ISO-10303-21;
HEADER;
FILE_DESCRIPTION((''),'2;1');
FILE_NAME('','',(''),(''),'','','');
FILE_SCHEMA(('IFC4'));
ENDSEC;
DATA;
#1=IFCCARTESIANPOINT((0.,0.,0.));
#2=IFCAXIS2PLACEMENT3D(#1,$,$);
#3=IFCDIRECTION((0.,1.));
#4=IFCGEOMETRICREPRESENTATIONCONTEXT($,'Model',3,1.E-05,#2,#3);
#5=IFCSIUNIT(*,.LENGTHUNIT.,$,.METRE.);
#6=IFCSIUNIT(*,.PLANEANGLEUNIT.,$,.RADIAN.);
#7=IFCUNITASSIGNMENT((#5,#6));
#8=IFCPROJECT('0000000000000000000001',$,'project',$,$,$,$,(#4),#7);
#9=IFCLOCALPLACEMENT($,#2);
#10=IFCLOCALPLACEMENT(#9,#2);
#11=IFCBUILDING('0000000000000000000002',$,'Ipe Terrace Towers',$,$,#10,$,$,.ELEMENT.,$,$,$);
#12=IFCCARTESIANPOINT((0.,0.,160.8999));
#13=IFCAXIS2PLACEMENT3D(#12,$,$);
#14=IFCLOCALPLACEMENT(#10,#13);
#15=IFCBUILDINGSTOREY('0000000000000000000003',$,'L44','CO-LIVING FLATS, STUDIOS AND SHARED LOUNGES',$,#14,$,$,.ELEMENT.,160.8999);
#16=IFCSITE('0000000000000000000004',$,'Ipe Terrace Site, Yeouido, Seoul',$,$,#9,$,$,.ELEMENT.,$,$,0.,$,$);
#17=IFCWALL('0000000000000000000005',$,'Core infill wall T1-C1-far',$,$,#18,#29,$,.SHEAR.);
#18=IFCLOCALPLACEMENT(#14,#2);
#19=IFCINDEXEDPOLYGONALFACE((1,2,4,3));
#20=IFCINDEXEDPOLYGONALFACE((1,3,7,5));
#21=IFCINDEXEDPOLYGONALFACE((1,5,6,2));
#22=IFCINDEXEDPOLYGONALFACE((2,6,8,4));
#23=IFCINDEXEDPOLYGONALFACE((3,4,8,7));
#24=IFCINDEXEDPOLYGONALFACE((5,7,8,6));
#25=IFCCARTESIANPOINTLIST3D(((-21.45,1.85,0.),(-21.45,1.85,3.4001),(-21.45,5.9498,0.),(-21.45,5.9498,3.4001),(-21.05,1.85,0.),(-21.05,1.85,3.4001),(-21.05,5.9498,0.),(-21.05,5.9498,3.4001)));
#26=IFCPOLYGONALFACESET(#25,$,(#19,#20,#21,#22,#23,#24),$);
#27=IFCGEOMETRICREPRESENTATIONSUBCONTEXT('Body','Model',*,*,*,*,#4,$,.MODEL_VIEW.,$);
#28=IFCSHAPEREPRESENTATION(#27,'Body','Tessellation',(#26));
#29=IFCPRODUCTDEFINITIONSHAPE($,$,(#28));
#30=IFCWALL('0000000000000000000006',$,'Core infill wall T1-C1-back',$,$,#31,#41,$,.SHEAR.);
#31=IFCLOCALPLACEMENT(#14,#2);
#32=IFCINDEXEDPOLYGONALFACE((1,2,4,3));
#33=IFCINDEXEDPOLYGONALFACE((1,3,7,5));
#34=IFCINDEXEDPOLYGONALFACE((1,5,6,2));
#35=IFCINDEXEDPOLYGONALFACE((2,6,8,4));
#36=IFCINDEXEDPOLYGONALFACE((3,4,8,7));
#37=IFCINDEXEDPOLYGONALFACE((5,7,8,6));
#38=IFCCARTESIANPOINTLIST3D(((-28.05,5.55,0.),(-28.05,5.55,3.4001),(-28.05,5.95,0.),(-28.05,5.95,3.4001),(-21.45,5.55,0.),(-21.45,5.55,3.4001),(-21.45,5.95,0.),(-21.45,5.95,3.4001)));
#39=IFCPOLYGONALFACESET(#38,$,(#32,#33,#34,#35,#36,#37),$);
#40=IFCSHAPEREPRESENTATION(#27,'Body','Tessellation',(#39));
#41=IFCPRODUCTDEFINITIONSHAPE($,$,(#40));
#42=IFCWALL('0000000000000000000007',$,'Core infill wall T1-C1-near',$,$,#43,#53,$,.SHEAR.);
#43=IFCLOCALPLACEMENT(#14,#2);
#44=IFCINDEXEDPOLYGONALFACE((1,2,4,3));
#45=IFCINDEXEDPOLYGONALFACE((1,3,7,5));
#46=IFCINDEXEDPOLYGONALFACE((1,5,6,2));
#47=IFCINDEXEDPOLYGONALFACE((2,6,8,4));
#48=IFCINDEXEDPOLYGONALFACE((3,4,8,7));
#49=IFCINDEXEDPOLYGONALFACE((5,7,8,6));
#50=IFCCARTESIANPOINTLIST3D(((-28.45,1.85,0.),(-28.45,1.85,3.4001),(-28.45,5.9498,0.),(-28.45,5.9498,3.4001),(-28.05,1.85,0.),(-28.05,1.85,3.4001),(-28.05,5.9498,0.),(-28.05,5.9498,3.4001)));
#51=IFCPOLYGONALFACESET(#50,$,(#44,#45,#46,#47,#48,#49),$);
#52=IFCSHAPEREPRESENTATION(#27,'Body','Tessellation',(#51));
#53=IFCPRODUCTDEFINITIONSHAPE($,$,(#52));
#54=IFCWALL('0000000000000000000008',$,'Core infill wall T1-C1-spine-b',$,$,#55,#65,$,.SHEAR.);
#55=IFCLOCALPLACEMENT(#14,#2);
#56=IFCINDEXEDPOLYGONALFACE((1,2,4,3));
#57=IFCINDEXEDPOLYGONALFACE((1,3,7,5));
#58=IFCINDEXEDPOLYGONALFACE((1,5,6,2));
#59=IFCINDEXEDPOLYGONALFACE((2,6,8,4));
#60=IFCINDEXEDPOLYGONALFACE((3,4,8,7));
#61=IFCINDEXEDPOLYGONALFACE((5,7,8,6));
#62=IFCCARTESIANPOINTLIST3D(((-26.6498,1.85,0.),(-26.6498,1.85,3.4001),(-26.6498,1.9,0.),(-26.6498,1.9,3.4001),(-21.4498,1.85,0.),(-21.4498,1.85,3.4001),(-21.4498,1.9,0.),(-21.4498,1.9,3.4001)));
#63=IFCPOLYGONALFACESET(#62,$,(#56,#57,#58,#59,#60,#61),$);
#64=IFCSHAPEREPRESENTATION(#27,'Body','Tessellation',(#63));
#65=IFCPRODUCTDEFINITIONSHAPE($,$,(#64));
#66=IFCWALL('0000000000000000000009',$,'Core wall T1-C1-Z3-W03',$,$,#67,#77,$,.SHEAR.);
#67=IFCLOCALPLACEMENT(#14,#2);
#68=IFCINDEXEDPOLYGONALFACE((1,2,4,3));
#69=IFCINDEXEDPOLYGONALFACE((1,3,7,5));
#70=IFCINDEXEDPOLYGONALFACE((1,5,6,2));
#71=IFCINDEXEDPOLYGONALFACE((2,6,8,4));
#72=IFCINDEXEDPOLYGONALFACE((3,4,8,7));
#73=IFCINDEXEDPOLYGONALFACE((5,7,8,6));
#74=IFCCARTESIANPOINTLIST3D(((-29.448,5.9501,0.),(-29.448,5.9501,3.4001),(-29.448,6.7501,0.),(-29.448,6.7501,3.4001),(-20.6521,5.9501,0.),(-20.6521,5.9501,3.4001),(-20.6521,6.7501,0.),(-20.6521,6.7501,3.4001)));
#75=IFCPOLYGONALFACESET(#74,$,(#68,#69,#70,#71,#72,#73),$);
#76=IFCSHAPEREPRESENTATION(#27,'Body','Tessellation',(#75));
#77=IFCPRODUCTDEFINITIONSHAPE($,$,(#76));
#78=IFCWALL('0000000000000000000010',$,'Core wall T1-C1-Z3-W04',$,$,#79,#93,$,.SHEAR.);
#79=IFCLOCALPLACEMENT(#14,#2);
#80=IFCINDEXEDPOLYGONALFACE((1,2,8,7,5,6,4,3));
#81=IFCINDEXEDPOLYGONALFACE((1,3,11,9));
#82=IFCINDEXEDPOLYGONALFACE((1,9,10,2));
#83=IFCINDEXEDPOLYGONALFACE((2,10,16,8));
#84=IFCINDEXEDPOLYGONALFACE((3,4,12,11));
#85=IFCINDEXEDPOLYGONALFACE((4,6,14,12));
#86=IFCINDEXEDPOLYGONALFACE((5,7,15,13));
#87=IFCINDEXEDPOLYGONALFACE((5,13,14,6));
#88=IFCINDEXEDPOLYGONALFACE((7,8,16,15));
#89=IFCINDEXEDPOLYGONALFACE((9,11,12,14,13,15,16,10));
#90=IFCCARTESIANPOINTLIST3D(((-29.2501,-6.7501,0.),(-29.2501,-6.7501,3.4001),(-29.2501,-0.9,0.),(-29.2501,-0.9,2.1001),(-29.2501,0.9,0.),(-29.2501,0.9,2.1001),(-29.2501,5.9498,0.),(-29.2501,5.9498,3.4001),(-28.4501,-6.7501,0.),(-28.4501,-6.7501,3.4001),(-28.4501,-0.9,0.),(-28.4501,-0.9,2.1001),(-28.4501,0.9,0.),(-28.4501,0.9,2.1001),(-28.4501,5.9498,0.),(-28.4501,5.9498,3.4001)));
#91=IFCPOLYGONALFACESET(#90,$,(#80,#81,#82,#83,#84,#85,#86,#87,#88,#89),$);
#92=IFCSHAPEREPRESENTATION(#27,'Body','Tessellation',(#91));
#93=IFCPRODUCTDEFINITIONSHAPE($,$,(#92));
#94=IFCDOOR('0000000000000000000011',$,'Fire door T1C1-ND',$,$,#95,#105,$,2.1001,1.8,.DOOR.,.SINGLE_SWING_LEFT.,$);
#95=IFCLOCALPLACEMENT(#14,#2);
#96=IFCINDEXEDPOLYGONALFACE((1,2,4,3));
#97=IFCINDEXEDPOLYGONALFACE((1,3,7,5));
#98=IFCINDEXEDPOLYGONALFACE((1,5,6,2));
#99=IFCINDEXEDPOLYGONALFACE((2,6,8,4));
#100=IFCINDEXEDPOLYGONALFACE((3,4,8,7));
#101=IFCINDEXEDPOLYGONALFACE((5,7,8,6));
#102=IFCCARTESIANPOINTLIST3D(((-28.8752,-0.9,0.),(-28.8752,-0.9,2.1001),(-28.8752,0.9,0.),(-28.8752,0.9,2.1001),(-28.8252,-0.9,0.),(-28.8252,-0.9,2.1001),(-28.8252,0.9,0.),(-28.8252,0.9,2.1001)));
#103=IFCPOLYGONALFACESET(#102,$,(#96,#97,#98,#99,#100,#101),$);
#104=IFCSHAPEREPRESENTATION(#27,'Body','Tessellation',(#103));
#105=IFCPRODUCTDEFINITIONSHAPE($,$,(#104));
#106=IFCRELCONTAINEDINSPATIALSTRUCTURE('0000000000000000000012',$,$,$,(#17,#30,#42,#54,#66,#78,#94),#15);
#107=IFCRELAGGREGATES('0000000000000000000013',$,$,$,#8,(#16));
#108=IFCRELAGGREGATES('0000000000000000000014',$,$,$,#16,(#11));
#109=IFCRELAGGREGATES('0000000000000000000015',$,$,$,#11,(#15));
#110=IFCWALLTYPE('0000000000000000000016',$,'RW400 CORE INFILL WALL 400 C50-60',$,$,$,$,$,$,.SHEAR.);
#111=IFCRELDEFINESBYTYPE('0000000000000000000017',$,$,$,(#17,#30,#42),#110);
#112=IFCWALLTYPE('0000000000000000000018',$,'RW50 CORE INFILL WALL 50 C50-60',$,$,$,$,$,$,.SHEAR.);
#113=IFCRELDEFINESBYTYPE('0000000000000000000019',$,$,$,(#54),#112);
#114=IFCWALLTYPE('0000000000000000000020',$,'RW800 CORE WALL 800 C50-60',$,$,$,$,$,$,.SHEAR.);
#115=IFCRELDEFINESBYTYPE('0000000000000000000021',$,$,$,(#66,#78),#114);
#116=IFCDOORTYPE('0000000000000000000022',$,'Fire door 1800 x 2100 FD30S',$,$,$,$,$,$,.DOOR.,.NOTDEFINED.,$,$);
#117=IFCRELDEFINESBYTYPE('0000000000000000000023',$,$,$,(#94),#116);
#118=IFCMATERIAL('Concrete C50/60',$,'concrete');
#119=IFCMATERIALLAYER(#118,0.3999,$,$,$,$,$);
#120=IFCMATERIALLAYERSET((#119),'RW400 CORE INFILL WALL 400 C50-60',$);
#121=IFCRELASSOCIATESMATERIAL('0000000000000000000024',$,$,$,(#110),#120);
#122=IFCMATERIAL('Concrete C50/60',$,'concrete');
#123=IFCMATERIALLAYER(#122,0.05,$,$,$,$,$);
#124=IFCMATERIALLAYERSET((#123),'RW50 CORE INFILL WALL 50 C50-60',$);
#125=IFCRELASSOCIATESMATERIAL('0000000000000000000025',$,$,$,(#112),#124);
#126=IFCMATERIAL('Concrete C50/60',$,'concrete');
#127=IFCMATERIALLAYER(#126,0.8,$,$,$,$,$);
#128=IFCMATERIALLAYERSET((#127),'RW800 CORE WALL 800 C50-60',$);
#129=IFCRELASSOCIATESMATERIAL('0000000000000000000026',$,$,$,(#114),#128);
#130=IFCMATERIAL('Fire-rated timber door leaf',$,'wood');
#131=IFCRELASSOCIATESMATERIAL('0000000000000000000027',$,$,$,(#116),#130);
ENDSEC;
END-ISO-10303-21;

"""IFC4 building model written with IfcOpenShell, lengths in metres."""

from ifc_helpers import new_model, si_unit, direction, frame, frame_2d, origin, place, context, subcontext, project, spatial, rectangle, extrude, material, layer, layer_set, type_object, element, fill, save


model = new_model("IFC4")

# Units and contexts
model_context = context("Model", 3, precision=1e-05, world=origin(), true_north=direction((0.0, 1.0)))
body_context = subcontext(model_context, "Body", "Model", "MODEL_VIEW")
ifc_project = project(units=[si_unit("LENGTHUNIT", "METRE"), si_unit("PLANEANGLEUNIT", "RADIAN")], contexts=[model_context])

# Site, building, storey
site_placement = place(None, origin())
site = spatial("IfcSite", under=ifc_project, at=site_placement, Name="Ipe Terrace Site, Yeouido, Seoul", CompositionType="ELEMENT", RefElevation=0.0)
building_placement = place(site_placement, origin())
building = spatial("IfcBuilding", under=site, at=building_placement, Name="Ipe Terrace Towers", CompositionType="ELEMENT")
storey_placement = place(building_placement, frame((0.0, 0.0, 160.8999)))
storey = spatial("IfcBuildingStorey", under=building, at=storey_placement, Name="L44", Description="CO-LIVING FLATS, STUDIOS AND SHARED LOUNGES", CompositionType="ELEMENT", Elevation=160.8999)

# Walls
ifc_material_1 = material(Name="Concrete C50/60", Category="concrete")
ifc_layer_1 = layer(ifc_material_1, 0.3999)
ifc_layer_set_1 = layer_set([ifc_layer_1], Name="RW400 CORE INFILL WALL 400 C50-60")
wall_type_1 = type_object("IfcWallType", Name="RW400 CORE INFILL WALL 400 C50-60", PredefinedType="SHEAR", material=ifc_layer_set_1)
wall_1_placement = place(storey_placement, frame((-21.25, 1.8501, 0.0), z_axis=(0.0, 0.0, 1.0), x_axis=(0.0, 1.0, 0.0)))
element("IfcWall", 1, at=wall_1_placement, inside=storey, type_object=wall_type_1, Name="Core infill wall T1-C1-far", PredefinedType="SHEAR", context=body_context, shape_type="SweptSolid", body=[
    extrude(rectangle(XDim=4.0999, YDim=0.3999, at=frame_2d((2.0498, 0.0))), origin(), (0.0, 0.0, 1.0), 3.4001),
])
wall_2_placement = place(storey_placement, frame((-28.05, 5.75, 0.0), z_axis=(0.0, 0.0, 1.0), x_axis=(1.0, 0.0, 0.0)))
element("IfcWall", 2, at=wall_2_placement, inside=storey, type_object=wall_type_1, Name="Core infill wall T1-C1-back", PredefinedType="SHEAR", context=body_context, shape_type="SweptSolid", body=[
    extrude(rectangle(XDim=6.6001, YDim=0.3999, at=frame_2d((3.3, 0.0))), origin(), (0.0, 0.0, 1.0), 3.4001),
])
wall_3_placement = place(storey_placement, frame((-28.25, 1.8501, 0.0), z_axis=(0.0, 0.0, 1.0), x_axis=(0.0, 1.0, 0.0)))
element("IfcWall", 3, at=wall_3_placement, inside=storey, type_object=wall_type_1, Name="Core infill wall T1-C1-near", PredefinedType="SHEAR", context=body_context, shape_type="SweptSolid", body=[
    extrude(rectangle(XDim=4.0999, YDim=0.3999, at=frame_2d((2.0498, 0.0))), origin(), (0.0, 0.0, 1.0), 3.4001),
])
ifc_material_2 = material(Name="Concrete C50/60", Category="concrete")
ifc_layer_2 = layer(ifc_material_2, 0.05)
ifc_layer_set_2 = layer_set([ifc_layer_2], Name="RW50 CORE INFILL WALL 50 C50-60")
wall_type_2 = type_object("IfcWallType", Name="RW50 CORE INFILL WALL 50 C50-60", PredefinedType="SHEAR", material=ifc_layer_set_2)
wall_4_placement = place(storey_placement, frame((-26.6499, 1.875, 0.0), z_axis=(0.0, 0.0, 1.0), x_axis=(1.0, 0.0, 0.0)))
element("IfcWall", 4, at=wall_4_placement, inside=storey, type_object=wall_type_2, Name="Core infill wall T1-C1-spine-b", PredefinedType="SHEAR", context=body_context, shape_type="SweptSolid", body=[
    extrude(rectangle(XDim=5.2, YDim=0.05, at=frame_2d((2.6001, 0.0))), origin(), (0.0, 0.0, 1.0), 3.4001),
])
ifc_material_3 = material(Name="Concrete C50/60", Category="concrete")
ifc_layer_3 = layer(ifc_material_3, 0.8)
ifc_layer_set_3 = layer_set([ifc_layer_3], Name="RW800 CORE WALL 800 C50-60")
wall_type_3 = type_object("IfcWallType", Name="RW800 CORE WALL 800 C50-60", PredefinedType="SHEAR", material=ifc_layer_set_3)
wall_5_placement = place(storey_placement, frame((-20.6521, 6.3501, 0.0), z_axis=(0.0, 0.0, 1.0), x_axis=(-1.0, 0.0, 0.0)))
element("IfcWall", 5, at=wall_5_placement, inside=storey, type_object=wall_type_3, Name="Core wall T1-C1-Z3-W03", PredefinedType="SHEAR", context=body_context, shape_type="SweptSolid", body=[
    extrude(rectangle(XDim=8.7959, YDim=0.8, at=frame_2d((4.3979, 0.0))), origin(), (0.0, 0.0, 1.0), 3.4001),
])

# Wall, opening, door
wall_6_placement = place(storey_placement, frame((-28.8501, 5.95, 0.0), z_axis=(0.0, 0.0, 1.0), x_axis=(0.0, -1.0, 0.0)))
wall_6 = element("IfcWall", 6, at=wall_6_placement, inside=storey, type_object=wall_type_3, Name="Core wall T1-C1-Z3-W04", PredefinedType="SHEAR", context=body_context, shape_type="SweptSolid", body=[
    extrude(rectangle(XDim=12.7, YDim=0.8, at=frame_2d((6.3501, 0.0))), origin(), (0.0, 0.0, 1.0), 3.4001),
])
opening_1_placement = place(wall_6_placement, frame((5.05, 0.0, 0.0)))
opening_1 = element("IfcOpeningElement", 7, at=opening_1_placement, cuts=wall_6, PredefinedType="OPENING", context=body_context, shape_type="SweptSolid", body=[
    extrude(rectangle(XDim=1.8, YDim=2.1001, at=frame_2d((0.8999, 1.05))), frame((0.0, 0.4102, 0.0), z_axis=(0.0, -1.0, 0.0), x_axis=(1.0, 0.0, 0.0)), (0.0, 0.0, 1.0), 0.8201),
])
ifc_material_4 = material(Name="Fire-rated timber door leaf", Category="wood")
door_type_1 = type_object("IfcDoorType", Name="Fire door 1800 x 2100 FD30S", OperationType="NOTDEFINED", PredefinedType="DOOR", material=ifc_material_4)
door_1_placement = place(opening_1_placement, origin())
door_1 = element("IfcDoor", 8, at=door_1_placement, inside=storey, type_object=door_type_1, Name="Fire door T1C1-ND", OperationType="SINGLE_SWING_LEFT", OverallHeight=2.1001, OverallWidth=1.8, PredefinedType="DOOR", context=body_context, shape_type="SweptSolid", body=[
    extrude(rectangle(XDim=1.8, YDim=2.1001, at=frame_2d((0.8999, 1.05))), frame((0.0, 0.0249, 0.0), z_axis=(0.0, -1.0, 0.0), x_axis=(1.0, 0.0, 0.0)), (0.0, 0.0, 1.0), 0.05),
])
fill(opening_1, door_1)

save(model, "model.ifc")
